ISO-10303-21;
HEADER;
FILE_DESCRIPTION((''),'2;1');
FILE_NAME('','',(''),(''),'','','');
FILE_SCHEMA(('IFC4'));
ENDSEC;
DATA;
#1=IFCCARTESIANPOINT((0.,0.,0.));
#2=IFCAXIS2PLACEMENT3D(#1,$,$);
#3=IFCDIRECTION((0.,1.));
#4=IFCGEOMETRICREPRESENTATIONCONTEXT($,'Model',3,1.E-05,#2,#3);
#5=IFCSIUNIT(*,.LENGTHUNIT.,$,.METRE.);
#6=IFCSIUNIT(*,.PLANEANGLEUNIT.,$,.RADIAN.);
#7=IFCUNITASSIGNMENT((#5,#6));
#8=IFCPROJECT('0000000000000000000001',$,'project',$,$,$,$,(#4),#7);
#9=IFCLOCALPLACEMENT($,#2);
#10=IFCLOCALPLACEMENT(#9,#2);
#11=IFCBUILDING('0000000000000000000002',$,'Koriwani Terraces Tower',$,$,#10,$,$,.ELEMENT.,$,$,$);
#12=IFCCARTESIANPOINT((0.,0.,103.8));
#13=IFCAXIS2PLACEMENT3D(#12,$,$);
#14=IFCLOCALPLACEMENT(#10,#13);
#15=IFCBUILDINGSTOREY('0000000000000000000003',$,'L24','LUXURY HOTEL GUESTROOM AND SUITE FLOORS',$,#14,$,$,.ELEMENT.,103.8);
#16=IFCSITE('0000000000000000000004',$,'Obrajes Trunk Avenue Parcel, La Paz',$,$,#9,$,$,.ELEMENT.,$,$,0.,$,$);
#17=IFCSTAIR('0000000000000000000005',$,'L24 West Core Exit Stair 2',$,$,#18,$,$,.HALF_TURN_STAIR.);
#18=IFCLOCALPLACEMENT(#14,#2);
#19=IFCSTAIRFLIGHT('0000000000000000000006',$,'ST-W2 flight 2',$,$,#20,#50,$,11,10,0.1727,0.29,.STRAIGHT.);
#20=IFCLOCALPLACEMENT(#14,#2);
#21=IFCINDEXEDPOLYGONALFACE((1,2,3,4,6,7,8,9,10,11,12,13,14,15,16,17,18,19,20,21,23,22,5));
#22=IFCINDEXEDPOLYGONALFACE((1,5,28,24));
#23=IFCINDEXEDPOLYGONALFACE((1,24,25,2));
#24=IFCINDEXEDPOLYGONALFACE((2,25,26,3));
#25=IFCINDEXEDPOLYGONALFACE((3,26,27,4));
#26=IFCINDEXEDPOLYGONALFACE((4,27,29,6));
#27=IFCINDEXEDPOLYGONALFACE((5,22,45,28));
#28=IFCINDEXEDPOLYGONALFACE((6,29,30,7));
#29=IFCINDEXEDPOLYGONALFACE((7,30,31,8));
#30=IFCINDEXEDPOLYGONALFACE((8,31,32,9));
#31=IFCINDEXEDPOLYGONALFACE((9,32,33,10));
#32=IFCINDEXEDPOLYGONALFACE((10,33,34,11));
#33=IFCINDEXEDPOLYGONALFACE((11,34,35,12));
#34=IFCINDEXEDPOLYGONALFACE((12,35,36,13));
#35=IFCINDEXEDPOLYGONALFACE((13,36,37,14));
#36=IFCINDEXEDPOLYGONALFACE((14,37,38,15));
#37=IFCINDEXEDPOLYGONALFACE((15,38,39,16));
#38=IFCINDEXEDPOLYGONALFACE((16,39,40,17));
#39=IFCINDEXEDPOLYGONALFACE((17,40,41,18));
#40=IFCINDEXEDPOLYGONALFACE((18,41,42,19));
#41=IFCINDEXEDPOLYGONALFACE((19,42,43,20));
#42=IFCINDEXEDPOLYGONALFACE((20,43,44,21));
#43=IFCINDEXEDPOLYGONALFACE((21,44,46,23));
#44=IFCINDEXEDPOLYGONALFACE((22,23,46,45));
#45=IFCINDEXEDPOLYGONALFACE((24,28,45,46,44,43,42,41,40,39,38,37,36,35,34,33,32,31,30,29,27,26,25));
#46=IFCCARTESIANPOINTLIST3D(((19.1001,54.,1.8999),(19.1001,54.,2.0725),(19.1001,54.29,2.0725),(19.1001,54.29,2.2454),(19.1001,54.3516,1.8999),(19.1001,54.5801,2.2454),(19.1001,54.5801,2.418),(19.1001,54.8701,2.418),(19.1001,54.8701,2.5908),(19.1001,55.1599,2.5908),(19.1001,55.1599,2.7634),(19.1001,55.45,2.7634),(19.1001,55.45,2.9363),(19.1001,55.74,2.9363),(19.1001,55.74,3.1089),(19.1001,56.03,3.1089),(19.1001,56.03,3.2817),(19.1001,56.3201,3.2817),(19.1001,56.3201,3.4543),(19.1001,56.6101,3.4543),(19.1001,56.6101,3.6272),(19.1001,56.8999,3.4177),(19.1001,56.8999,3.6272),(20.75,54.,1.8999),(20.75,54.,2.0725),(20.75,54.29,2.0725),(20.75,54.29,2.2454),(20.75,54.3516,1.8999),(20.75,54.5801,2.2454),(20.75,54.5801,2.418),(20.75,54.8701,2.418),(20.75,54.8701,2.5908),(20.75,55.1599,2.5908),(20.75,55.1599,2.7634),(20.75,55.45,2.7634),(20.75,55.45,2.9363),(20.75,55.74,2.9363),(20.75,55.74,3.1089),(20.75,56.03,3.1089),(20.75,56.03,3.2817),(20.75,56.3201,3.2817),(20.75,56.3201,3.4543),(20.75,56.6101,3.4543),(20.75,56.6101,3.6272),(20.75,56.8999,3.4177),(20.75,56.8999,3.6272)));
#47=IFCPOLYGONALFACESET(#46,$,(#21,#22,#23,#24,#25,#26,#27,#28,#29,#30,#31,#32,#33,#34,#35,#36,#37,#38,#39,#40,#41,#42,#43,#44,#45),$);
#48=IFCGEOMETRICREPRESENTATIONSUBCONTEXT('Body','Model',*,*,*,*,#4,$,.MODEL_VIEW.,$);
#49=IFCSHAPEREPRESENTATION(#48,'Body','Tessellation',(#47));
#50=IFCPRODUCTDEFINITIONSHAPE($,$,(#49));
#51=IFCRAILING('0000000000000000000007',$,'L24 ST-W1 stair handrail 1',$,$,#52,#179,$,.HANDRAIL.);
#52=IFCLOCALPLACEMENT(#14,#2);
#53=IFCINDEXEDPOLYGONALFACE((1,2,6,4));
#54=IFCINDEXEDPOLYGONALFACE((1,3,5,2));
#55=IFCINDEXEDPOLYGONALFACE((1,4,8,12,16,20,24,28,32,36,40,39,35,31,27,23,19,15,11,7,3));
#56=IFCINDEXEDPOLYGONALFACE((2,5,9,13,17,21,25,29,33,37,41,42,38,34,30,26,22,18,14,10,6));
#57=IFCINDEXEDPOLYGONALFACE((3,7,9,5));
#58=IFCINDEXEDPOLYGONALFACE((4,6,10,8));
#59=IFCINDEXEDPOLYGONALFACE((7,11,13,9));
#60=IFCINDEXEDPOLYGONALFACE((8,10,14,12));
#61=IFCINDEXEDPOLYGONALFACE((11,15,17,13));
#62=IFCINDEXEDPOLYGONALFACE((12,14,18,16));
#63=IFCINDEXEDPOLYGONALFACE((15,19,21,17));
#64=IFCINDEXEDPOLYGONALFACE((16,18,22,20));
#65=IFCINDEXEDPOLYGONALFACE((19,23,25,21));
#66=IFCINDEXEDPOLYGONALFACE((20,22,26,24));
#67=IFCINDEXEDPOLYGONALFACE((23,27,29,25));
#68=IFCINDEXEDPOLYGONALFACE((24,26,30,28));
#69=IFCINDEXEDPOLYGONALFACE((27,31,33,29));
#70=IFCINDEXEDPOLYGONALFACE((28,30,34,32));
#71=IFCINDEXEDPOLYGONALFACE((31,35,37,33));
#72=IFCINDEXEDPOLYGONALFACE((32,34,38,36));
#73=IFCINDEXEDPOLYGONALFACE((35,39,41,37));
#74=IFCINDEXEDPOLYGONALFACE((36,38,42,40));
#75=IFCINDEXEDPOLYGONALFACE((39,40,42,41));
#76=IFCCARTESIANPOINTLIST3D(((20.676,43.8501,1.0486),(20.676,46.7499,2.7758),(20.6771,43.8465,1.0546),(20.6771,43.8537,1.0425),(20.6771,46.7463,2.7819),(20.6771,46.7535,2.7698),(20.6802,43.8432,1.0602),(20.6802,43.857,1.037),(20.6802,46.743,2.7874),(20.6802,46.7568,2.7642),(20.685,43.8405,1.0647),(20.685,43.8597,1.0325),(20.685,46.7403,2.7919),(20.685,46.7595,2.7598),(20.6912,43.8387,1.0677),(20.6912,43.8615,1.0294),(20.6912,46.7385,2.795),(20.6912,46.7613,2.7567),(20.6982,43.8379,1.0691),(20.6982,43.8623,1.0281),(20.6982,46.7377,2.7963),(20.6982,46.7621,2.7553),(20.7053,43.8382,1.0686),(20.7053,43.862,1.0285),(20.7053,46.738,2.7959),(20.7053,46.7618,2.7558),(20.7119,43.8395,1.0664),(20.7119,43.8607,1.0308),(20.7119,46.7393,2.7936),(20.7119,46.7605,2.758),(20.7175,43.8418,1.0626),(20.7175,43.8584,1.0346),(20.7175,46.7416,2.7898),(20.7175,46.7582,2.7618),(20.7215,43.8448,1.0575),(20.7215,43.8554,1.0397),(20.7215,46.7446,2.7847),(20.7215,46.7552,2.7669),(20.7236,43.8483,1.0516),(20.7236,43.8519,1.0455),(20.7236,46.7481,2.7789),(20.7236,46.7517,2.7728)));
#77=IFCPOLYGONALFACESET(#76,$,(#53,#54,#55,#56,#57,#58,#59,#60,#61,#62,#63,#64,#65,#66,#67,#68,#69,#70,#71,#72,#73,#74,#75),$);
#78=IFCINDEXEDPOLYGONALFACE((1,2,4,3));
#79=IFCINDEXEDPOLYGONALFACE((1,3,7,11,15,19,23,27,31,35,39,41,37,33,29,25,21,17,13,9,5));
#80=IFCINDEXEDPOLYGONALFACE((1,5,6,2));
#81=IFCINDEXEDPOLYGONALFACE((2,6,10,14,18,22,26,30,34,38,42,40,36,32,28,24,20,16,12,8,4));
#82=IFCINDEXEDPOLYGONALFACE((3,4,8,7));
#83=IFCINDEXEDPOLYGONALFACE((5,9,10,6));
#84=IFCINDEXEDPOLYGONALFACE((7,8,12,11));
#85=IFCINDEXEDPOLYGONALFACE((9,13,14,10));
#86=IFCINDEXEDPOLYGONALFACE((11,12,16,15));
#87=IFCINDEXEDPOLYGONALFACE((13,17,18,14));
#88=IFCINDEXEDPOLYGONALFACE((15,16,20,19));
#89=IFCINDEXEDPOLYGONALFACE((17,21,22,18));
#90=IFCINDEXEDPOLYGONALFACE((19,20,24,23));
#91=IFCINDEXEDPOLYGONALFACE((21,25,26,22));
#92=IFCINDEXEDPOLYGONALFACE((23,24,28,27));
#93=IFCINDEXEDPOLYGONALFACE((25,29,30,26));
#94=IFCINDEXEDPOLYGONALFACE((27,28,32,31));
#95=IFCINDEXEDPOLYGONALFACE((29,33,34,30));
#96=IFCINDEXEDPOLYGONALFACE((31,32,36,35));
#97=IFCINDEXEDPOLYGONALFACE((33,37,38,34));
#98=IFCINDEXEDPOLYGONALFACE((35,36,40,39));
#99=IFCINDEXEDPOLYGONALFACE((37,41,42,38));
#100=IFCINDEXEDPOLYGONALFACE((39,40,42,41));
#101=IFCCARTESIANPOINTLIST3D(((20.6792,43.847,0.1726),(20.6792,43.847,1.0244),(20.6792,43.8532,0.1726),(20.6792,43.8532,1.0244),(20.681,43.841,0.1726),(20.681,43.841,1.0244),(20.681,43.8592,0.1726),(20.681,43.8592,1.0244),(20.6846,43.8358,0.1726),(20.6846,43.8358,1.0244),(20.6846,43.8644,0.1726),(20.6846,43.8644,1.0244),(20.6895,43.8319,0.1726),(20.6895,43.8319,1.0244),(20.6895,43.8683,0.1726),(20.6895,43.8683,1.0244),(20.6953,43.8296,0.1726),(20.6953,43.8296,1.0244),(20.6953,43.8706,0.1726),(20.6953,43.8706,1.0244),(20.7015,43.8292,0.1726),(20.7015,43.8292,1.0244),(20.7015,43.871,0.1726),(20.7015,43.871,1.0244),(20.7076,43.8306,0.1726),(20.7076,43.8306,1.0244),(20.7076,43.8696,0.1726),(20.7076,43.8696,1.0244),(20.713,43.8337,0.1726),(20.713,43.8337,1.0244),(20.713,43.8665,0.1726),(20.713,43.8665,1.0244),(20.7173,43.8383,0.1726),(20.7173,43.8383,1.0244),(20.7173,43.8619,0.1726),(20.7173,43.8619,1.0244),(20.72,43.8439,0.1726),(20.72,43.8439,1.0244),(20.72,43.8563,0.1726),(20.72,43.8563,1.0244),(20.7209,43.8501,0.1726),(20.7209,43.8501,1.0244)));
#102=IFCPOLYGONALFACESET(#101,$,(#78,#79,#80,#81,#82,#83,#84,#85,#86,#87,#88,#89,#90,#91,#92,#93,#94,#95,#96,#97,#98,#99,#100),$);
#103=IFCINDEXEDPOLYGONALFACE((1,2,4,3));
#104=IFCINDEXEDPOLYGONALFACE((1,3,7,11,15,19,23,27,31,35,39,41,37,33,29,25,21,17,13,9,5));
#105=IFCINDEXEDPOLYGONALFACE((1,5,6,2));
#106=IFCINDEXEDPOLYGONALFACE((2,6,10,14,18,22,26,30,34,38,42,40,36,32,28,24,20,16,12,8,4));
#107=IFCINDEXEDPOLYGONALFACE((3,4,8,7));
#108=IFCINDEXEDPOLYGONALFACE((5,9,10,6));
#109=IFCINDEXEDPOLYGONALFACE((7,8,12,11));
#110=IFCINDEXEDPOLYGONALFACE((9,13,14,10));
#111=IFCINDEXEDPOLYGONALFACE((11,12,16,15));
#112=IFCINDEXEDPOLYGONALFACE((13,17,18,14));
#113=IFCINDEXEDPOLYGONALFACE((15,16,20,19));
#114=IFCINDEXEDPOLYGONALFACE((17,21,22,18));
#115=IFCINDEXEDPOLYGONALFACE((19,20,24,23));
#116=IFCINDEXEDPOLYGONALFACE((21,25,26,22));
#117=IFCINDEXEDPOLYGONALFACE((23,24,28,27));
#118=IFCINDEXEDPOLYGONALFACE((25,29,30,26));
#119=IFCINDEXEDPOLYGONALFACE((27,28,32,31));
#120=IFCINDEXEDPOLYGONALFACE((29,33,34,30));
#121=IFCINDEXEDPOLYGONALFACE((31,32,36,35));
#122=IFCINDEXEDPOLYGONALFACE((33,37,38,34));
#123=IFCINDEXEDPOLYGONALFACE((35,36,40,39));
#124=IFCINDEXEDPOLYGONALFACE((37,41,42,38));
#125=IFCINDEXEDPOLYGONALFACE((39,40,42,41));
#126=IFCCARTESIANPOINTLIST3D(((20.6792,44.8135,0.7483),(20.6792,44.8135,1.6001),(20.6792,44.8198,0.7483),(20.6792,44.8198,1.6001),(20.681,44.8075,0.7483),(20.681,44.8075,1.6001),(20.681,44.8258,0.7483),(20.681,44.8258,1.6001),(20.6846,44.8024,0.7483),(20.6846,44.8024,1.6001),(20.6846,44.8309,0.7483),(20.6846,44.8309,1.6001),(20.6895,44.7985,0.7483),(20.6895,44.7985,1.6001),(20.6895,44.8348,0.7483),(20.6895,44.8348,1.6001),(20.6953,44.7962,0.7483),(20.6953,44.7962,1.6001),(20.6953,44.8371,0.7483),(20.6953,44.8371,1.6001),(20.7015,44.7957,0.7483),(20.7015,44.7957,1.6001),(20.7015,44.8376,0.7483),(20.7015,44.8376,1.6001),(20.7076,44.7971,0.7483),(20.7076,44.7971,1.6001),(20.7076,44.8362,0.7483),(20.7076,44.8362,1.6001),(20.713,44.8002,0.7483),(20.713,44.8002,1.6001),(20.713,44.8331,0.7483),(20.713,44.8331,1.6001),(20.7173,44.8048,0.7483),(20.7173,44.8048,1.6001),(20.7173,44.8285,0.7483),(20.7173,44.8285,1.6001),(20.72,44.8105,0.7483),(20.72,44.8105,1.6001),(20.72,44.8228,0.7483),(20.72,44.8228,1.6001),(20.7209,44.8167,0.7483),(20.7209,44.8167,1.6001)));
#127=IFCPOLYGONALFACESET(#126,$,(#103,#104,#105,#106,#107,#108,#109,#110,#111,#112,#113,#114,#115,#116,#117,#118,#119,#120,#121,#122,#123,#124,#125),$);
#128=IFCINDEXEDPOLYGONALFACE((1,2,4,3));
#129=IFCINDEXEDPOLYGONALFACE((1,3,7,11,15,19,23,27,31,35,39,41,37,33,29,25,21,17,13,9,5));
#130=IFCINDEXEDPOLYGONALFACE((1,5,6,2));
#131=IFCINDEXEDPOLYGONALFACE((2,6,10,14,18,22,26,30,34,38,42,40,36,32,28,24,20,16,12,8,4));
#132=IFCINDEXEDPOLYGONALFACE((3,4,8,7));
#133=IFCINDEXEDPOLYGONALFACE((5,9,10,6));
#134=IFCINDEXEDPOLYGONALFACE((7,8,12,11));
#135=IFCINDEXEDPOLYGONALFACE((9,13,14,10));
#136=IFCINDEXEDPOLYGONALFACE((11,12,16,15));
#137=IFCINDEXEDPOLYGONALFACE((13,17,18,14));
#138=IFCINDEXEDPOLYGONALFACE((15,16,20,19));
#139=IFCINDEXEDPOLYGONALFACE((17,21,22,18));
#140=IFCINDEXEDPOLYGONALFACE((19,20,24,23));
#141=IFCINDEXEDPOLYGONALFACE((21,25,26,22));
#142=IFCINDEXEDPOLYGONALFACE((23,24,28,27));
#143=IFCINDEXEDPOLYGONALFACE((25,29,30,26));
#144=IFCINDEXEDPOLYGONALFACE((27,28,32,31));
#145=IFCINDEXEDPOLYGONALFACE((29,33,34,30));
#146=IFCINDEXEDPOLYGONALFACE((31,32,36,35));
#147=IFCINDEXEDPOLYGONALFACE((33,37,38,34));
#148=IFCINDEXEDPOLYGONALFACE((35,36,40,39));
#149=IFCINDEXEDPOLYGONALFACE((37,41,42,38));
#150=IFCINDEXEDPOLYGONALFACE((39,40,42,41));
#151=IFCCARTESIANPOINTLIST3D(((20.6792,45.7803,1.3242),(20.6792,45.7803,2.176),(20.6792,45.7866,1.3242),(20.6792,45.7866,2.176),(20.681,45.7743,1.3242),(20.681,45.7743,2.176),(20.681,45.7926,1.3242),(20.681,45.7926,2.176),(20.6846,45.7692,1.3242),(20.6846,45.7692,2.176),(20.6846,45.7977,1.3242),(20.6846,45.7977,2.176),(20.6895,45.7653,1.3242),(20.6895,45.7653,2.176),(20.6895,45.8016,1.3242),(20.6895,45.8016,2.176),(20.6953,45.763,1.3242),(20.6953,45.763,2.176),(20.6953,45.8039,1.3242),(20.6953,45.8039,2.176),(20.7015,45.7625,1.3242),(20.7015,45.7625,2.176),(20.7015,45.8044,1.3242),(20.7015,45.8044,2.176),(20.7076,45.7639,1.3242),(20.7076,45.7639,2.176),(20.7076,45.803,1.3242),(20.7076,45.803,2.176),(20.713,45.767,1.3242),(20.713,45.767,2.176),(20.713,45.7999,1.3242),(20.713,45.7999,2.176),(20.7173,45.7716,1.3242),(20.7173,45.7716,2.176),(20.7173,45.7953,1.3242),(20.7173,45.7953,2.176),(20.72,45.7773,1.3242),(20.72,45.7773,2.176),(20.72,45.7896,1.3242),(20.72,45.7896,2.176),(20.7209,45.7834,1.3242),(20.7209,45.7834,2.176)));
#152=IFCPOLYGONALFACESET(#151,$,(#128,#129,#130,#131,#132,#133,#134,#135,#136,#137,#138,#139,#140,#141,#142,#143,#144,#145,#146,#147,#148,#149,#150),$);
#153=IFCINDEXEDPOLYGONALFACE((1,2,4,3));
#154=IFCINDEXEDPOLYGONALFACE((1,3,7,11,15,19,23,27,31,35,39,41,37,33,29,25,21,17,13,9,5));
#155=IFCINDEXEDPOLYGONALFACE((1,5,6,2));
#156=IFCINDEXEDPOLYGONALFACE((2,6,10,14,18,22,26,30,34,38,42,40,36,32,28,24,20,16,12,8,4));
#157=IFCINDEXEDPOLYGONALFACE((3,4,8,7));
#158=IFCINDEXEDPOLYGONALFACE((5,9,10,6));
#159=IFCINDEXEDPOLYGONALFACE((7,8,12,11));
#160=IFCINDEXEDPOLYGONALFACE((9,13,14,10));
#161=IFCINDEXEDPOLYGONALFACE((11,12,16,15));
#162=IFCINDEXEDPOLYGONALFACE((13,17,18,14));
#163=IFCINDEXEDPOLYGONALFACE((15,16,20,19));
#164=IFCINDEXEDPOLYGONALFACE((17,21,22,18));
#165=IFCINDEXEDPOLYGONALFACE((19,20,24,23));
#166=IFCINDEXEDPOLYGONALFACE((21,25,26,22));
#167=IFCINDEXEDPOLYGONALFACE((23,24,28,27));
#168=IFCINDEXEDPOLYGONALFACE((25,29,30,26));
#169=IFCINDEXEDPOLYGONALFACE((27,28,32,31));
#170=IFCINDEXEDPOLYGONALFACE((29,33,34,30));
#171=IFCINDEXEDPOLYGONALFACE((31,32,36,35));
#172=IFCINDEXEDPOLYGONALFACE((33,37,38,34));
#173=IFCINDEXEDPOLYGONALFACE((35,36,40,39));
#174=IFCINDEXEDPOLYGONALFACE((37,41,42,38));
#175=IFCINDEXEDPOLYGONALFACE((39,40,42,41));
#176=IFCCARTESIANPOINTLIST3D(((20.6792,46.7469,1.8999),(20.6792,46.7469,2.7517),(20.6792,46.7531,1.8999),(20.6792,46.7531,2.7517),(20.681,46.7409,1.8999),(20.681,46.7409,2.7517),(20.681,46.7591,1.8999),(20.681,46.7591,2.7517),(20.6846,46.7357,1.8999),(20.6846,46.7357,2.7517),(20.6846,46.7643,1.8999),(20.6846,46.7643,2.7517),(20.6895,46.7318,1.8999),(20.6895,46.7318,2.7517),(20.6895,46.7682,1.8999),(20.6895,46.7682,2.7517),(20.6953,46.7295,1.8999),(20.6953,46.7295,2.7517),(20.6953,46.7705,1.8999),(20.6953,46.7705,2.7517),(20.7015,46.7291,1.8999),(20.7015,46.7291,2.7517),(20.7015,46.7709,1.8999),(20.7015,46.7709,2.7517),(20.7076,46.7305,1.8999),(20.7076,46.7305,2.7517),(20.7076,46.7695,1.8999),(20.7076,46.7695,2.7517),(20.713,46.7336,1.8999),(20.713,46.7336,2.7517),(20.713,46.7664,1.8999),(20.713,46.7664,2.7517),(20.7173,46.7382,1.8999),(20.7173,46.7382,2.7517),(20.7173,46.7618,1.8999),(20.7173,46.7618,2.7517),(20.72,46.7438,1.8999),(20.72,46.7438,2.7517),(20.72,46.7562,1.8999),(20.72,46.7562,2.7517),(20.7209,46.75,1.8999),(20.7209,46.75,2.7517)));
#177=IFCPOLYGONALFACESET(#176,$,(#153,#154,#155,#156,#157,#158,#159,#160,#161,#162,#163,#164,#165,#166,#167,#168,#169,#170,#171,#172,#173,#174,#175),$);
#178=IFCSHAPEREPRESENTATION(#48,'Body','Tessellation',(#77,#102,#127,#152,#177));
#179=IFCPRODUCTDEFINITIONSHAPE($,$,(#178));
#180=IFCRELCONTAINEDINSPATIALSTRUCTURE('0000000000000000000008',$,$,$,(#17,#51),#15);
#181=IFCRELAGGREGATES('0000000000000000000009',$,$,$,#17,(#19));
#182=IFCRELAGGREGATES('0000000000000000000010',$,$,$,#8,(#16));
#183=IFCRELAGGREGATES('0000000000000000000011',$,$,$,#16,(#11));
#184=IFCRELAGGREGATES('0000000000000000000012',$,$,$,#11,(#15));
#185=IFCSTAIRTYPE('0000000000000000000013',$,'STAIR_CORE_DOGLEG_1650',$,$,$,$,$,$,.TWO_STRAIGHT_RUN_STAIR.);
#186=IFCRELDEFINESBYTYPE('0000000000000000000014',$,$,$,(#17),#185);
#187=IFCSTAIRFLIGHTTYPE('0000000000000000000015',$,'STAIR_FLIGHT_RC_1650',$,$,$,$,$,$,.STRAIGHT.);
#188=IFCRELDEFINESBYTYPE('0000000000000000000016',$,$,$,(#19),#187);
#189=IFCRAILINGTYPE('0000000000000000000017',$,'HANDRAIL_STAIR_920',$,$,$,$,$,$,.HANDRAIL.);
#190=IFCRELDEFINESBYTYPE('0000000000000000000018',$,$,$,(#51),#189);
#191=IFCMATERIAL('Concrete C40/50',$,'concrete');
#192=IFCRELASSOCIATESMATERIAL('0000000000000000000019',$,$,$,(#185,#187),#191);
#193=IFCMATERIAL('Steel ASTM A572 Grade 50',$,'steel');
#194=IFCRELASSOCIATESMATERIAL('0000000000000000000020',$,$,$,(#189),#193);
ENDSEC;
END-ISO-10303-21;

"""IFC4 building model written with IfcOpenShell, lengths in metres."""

from ifc_helpers import new_model, si_unit, direction, frame, origin, origin_2d, place, context, subcontext, project, spatial, polyline, circle, outline, extrude, material, type_object, element, aggregate, save


model = new_model("IFC4")

# Units and contexts
model_context = context("Model", 3, precision=1e-05, world=origin(), true_north=direction((0.0, 1.0)))
body_context = subcontext(model_context, "Body", "Model", "MODEL_VIEW")
ifc_project = project(units=[si_unit("LENGTHUNIT", "METRE"), si_unit("PLANEANGLEUNIT", "RADIAN")], contexts=[model_context])

# Site, building, storey
site_placement = place(None, origin())
site = spatial("IfcSite", under=ifc_project, at=site_placement, Name="Obrajes Trunk Avenue Parcel, La Paz", CompositionType="ELEMENT", RefElevation=0.0)
building_placement = place(site_placement, origin())
building = spatial("IfcBuilding", under=site, at=building_placement, Name="Koriwani Terraces Tower", CompositionType="ELEMENT")
storey_placement = place(building_placement, frame((0.0, 0.0, 103.8)))
storey = spatial("IfcBuildingStorey", under=building, at=storey_placement, Name="L24", Description="LUXURY HOTEL GUESTROOM AND SUITE FLOORS", CompositionType="ELEMENT", Elevation=103.8)

# Shared definitions
ifc_material_1 = material(Name="Steel ASTM A572 Grade 50", Category="steel")

# Shared definitions
ifc_material_2 = material(Name="Concrete C40/50", Category="concrete")

# Stair, stair flight
stair_type = type_object("IfcStairType", Name="STAIR_CORE_DOGLEG_1650", PredefinedType="TWO_STRAIGHT_RUN_STAIR", material=ifc_material_2)
stair_flight_type = type_object("IfcStairFlightType", Name="STAIR_FLIGHT_RC_1650", PredefinedType="STRAIGHT", material=ifc_material_2)
stair_1_placement = place(storey_placement, origin())
stair_1 = element("IfcStair", 1, at=stair_1_placement, inside=storey, type_object=stair_type, Name="L24 West Core Exit Stair 2", PredefinedType="HALF_TURN_STAIR")
stair_flight_1_placement = place(storey_placement, frame((19.925, 54.0, 1.8999), z_axis=(0.0, 0.0, 1.0), x_axis=(0.0, 1.0, 0.0)))
stair_flight_1 = element("IfcStairFlight", 2, at=stair_flight_1_placement, type_object=stair_flight_type, Name="ST-W2 flight 2", NumberOfRisers=11, NumberOfTreads=10, PredefinedType="STRAIGHT", RiserHeight=0.1727, TreadLength=0.29, context=body_context, shape_type="SweptSolid", body=[
    extrude(outline(polyline([(0.0, 0.0), (0.0, 0.1726), (0.29, 0.1726), (0.29, 0.3455), (0.5801, 0.3455), (0.5801, 0.5181), (0.8701, 0.5181), (0.8701, 0.6909), (1.1599, 0.6909), (1.1599, 0.8635), (1.45, 0.8635), (1.45, 1.0364), (1.74, 1.0364), (1.74, 1.209), (2.03, 1.209), (2.03, 1.3818), (2.3201, 1.3818), (2.3201, 1.5544), (2.6101, 1.5544), (2.6101, 1.7273), (2.8999, 1.7273), (2.8999, 1.8999), (2.8999, 1.5178), (0.3516, 0.0), (0.0, 0.0)])), frame((0.0, 0.825, 0.0), z_axis=(0.0, -1.0, 0.0), x_axis=(1.0, 0.0, 0.0)), (0.0, 0.0, 1.0), 1.6499),
])
aggregate(stair_1, [stair_flight_1])

# Railing
railing_type = type_object("IfcRailingType", Name="HANDRAIL_STAIR_920", PredefinedType="HANDRAIL", material=ifc_material_1)
for number, where, name in (
    (3, (20.7, 43.8501, 0.1726), "L24 ST-W1 stair handrail 1"),
):
    element("IfcRailing", number, at=place(storey_placement, frame(where)), inside=storey, type_object=railing_type, Name=name, PredefinedType="HANDRAIL", context=body_context, shape_type="SweptSolid", body=[
        extrude(circle(Radius=0.0239, at=origin_2d()), frame((0.0, 0.0, 0.876), z_axis=(0.0, 0.859141, 0.511738), x_axis=(-1.0, 0.0, 0.0)), (0.0, 0.0, 1.0), 3.3752),
        extrude(circle(Radius=0.021, at=origin_2d()), origin(), (0.0, 0.0, 1.0), 0.8518),
        extrude(circle(Radius=0.021, at=origin_2d()), frame((0.0, 0.9666, 0.5757)), (0.0, 0.0, 1.0), 0.8518),
        extrude(circle(Radius=0.021, at=origin_2d()), frame((0.0, 1.9333, 1.1516)), (0.0, 0.0, 1.0), 0.8518),
        extrude(circle(Radius=0.021, at=origin_2d()), frame((0.0, 2.8999, 1.7273)), (0.0, 0.0, 1.0), 0.8518),
    ])

save(model, "model.ifc")
